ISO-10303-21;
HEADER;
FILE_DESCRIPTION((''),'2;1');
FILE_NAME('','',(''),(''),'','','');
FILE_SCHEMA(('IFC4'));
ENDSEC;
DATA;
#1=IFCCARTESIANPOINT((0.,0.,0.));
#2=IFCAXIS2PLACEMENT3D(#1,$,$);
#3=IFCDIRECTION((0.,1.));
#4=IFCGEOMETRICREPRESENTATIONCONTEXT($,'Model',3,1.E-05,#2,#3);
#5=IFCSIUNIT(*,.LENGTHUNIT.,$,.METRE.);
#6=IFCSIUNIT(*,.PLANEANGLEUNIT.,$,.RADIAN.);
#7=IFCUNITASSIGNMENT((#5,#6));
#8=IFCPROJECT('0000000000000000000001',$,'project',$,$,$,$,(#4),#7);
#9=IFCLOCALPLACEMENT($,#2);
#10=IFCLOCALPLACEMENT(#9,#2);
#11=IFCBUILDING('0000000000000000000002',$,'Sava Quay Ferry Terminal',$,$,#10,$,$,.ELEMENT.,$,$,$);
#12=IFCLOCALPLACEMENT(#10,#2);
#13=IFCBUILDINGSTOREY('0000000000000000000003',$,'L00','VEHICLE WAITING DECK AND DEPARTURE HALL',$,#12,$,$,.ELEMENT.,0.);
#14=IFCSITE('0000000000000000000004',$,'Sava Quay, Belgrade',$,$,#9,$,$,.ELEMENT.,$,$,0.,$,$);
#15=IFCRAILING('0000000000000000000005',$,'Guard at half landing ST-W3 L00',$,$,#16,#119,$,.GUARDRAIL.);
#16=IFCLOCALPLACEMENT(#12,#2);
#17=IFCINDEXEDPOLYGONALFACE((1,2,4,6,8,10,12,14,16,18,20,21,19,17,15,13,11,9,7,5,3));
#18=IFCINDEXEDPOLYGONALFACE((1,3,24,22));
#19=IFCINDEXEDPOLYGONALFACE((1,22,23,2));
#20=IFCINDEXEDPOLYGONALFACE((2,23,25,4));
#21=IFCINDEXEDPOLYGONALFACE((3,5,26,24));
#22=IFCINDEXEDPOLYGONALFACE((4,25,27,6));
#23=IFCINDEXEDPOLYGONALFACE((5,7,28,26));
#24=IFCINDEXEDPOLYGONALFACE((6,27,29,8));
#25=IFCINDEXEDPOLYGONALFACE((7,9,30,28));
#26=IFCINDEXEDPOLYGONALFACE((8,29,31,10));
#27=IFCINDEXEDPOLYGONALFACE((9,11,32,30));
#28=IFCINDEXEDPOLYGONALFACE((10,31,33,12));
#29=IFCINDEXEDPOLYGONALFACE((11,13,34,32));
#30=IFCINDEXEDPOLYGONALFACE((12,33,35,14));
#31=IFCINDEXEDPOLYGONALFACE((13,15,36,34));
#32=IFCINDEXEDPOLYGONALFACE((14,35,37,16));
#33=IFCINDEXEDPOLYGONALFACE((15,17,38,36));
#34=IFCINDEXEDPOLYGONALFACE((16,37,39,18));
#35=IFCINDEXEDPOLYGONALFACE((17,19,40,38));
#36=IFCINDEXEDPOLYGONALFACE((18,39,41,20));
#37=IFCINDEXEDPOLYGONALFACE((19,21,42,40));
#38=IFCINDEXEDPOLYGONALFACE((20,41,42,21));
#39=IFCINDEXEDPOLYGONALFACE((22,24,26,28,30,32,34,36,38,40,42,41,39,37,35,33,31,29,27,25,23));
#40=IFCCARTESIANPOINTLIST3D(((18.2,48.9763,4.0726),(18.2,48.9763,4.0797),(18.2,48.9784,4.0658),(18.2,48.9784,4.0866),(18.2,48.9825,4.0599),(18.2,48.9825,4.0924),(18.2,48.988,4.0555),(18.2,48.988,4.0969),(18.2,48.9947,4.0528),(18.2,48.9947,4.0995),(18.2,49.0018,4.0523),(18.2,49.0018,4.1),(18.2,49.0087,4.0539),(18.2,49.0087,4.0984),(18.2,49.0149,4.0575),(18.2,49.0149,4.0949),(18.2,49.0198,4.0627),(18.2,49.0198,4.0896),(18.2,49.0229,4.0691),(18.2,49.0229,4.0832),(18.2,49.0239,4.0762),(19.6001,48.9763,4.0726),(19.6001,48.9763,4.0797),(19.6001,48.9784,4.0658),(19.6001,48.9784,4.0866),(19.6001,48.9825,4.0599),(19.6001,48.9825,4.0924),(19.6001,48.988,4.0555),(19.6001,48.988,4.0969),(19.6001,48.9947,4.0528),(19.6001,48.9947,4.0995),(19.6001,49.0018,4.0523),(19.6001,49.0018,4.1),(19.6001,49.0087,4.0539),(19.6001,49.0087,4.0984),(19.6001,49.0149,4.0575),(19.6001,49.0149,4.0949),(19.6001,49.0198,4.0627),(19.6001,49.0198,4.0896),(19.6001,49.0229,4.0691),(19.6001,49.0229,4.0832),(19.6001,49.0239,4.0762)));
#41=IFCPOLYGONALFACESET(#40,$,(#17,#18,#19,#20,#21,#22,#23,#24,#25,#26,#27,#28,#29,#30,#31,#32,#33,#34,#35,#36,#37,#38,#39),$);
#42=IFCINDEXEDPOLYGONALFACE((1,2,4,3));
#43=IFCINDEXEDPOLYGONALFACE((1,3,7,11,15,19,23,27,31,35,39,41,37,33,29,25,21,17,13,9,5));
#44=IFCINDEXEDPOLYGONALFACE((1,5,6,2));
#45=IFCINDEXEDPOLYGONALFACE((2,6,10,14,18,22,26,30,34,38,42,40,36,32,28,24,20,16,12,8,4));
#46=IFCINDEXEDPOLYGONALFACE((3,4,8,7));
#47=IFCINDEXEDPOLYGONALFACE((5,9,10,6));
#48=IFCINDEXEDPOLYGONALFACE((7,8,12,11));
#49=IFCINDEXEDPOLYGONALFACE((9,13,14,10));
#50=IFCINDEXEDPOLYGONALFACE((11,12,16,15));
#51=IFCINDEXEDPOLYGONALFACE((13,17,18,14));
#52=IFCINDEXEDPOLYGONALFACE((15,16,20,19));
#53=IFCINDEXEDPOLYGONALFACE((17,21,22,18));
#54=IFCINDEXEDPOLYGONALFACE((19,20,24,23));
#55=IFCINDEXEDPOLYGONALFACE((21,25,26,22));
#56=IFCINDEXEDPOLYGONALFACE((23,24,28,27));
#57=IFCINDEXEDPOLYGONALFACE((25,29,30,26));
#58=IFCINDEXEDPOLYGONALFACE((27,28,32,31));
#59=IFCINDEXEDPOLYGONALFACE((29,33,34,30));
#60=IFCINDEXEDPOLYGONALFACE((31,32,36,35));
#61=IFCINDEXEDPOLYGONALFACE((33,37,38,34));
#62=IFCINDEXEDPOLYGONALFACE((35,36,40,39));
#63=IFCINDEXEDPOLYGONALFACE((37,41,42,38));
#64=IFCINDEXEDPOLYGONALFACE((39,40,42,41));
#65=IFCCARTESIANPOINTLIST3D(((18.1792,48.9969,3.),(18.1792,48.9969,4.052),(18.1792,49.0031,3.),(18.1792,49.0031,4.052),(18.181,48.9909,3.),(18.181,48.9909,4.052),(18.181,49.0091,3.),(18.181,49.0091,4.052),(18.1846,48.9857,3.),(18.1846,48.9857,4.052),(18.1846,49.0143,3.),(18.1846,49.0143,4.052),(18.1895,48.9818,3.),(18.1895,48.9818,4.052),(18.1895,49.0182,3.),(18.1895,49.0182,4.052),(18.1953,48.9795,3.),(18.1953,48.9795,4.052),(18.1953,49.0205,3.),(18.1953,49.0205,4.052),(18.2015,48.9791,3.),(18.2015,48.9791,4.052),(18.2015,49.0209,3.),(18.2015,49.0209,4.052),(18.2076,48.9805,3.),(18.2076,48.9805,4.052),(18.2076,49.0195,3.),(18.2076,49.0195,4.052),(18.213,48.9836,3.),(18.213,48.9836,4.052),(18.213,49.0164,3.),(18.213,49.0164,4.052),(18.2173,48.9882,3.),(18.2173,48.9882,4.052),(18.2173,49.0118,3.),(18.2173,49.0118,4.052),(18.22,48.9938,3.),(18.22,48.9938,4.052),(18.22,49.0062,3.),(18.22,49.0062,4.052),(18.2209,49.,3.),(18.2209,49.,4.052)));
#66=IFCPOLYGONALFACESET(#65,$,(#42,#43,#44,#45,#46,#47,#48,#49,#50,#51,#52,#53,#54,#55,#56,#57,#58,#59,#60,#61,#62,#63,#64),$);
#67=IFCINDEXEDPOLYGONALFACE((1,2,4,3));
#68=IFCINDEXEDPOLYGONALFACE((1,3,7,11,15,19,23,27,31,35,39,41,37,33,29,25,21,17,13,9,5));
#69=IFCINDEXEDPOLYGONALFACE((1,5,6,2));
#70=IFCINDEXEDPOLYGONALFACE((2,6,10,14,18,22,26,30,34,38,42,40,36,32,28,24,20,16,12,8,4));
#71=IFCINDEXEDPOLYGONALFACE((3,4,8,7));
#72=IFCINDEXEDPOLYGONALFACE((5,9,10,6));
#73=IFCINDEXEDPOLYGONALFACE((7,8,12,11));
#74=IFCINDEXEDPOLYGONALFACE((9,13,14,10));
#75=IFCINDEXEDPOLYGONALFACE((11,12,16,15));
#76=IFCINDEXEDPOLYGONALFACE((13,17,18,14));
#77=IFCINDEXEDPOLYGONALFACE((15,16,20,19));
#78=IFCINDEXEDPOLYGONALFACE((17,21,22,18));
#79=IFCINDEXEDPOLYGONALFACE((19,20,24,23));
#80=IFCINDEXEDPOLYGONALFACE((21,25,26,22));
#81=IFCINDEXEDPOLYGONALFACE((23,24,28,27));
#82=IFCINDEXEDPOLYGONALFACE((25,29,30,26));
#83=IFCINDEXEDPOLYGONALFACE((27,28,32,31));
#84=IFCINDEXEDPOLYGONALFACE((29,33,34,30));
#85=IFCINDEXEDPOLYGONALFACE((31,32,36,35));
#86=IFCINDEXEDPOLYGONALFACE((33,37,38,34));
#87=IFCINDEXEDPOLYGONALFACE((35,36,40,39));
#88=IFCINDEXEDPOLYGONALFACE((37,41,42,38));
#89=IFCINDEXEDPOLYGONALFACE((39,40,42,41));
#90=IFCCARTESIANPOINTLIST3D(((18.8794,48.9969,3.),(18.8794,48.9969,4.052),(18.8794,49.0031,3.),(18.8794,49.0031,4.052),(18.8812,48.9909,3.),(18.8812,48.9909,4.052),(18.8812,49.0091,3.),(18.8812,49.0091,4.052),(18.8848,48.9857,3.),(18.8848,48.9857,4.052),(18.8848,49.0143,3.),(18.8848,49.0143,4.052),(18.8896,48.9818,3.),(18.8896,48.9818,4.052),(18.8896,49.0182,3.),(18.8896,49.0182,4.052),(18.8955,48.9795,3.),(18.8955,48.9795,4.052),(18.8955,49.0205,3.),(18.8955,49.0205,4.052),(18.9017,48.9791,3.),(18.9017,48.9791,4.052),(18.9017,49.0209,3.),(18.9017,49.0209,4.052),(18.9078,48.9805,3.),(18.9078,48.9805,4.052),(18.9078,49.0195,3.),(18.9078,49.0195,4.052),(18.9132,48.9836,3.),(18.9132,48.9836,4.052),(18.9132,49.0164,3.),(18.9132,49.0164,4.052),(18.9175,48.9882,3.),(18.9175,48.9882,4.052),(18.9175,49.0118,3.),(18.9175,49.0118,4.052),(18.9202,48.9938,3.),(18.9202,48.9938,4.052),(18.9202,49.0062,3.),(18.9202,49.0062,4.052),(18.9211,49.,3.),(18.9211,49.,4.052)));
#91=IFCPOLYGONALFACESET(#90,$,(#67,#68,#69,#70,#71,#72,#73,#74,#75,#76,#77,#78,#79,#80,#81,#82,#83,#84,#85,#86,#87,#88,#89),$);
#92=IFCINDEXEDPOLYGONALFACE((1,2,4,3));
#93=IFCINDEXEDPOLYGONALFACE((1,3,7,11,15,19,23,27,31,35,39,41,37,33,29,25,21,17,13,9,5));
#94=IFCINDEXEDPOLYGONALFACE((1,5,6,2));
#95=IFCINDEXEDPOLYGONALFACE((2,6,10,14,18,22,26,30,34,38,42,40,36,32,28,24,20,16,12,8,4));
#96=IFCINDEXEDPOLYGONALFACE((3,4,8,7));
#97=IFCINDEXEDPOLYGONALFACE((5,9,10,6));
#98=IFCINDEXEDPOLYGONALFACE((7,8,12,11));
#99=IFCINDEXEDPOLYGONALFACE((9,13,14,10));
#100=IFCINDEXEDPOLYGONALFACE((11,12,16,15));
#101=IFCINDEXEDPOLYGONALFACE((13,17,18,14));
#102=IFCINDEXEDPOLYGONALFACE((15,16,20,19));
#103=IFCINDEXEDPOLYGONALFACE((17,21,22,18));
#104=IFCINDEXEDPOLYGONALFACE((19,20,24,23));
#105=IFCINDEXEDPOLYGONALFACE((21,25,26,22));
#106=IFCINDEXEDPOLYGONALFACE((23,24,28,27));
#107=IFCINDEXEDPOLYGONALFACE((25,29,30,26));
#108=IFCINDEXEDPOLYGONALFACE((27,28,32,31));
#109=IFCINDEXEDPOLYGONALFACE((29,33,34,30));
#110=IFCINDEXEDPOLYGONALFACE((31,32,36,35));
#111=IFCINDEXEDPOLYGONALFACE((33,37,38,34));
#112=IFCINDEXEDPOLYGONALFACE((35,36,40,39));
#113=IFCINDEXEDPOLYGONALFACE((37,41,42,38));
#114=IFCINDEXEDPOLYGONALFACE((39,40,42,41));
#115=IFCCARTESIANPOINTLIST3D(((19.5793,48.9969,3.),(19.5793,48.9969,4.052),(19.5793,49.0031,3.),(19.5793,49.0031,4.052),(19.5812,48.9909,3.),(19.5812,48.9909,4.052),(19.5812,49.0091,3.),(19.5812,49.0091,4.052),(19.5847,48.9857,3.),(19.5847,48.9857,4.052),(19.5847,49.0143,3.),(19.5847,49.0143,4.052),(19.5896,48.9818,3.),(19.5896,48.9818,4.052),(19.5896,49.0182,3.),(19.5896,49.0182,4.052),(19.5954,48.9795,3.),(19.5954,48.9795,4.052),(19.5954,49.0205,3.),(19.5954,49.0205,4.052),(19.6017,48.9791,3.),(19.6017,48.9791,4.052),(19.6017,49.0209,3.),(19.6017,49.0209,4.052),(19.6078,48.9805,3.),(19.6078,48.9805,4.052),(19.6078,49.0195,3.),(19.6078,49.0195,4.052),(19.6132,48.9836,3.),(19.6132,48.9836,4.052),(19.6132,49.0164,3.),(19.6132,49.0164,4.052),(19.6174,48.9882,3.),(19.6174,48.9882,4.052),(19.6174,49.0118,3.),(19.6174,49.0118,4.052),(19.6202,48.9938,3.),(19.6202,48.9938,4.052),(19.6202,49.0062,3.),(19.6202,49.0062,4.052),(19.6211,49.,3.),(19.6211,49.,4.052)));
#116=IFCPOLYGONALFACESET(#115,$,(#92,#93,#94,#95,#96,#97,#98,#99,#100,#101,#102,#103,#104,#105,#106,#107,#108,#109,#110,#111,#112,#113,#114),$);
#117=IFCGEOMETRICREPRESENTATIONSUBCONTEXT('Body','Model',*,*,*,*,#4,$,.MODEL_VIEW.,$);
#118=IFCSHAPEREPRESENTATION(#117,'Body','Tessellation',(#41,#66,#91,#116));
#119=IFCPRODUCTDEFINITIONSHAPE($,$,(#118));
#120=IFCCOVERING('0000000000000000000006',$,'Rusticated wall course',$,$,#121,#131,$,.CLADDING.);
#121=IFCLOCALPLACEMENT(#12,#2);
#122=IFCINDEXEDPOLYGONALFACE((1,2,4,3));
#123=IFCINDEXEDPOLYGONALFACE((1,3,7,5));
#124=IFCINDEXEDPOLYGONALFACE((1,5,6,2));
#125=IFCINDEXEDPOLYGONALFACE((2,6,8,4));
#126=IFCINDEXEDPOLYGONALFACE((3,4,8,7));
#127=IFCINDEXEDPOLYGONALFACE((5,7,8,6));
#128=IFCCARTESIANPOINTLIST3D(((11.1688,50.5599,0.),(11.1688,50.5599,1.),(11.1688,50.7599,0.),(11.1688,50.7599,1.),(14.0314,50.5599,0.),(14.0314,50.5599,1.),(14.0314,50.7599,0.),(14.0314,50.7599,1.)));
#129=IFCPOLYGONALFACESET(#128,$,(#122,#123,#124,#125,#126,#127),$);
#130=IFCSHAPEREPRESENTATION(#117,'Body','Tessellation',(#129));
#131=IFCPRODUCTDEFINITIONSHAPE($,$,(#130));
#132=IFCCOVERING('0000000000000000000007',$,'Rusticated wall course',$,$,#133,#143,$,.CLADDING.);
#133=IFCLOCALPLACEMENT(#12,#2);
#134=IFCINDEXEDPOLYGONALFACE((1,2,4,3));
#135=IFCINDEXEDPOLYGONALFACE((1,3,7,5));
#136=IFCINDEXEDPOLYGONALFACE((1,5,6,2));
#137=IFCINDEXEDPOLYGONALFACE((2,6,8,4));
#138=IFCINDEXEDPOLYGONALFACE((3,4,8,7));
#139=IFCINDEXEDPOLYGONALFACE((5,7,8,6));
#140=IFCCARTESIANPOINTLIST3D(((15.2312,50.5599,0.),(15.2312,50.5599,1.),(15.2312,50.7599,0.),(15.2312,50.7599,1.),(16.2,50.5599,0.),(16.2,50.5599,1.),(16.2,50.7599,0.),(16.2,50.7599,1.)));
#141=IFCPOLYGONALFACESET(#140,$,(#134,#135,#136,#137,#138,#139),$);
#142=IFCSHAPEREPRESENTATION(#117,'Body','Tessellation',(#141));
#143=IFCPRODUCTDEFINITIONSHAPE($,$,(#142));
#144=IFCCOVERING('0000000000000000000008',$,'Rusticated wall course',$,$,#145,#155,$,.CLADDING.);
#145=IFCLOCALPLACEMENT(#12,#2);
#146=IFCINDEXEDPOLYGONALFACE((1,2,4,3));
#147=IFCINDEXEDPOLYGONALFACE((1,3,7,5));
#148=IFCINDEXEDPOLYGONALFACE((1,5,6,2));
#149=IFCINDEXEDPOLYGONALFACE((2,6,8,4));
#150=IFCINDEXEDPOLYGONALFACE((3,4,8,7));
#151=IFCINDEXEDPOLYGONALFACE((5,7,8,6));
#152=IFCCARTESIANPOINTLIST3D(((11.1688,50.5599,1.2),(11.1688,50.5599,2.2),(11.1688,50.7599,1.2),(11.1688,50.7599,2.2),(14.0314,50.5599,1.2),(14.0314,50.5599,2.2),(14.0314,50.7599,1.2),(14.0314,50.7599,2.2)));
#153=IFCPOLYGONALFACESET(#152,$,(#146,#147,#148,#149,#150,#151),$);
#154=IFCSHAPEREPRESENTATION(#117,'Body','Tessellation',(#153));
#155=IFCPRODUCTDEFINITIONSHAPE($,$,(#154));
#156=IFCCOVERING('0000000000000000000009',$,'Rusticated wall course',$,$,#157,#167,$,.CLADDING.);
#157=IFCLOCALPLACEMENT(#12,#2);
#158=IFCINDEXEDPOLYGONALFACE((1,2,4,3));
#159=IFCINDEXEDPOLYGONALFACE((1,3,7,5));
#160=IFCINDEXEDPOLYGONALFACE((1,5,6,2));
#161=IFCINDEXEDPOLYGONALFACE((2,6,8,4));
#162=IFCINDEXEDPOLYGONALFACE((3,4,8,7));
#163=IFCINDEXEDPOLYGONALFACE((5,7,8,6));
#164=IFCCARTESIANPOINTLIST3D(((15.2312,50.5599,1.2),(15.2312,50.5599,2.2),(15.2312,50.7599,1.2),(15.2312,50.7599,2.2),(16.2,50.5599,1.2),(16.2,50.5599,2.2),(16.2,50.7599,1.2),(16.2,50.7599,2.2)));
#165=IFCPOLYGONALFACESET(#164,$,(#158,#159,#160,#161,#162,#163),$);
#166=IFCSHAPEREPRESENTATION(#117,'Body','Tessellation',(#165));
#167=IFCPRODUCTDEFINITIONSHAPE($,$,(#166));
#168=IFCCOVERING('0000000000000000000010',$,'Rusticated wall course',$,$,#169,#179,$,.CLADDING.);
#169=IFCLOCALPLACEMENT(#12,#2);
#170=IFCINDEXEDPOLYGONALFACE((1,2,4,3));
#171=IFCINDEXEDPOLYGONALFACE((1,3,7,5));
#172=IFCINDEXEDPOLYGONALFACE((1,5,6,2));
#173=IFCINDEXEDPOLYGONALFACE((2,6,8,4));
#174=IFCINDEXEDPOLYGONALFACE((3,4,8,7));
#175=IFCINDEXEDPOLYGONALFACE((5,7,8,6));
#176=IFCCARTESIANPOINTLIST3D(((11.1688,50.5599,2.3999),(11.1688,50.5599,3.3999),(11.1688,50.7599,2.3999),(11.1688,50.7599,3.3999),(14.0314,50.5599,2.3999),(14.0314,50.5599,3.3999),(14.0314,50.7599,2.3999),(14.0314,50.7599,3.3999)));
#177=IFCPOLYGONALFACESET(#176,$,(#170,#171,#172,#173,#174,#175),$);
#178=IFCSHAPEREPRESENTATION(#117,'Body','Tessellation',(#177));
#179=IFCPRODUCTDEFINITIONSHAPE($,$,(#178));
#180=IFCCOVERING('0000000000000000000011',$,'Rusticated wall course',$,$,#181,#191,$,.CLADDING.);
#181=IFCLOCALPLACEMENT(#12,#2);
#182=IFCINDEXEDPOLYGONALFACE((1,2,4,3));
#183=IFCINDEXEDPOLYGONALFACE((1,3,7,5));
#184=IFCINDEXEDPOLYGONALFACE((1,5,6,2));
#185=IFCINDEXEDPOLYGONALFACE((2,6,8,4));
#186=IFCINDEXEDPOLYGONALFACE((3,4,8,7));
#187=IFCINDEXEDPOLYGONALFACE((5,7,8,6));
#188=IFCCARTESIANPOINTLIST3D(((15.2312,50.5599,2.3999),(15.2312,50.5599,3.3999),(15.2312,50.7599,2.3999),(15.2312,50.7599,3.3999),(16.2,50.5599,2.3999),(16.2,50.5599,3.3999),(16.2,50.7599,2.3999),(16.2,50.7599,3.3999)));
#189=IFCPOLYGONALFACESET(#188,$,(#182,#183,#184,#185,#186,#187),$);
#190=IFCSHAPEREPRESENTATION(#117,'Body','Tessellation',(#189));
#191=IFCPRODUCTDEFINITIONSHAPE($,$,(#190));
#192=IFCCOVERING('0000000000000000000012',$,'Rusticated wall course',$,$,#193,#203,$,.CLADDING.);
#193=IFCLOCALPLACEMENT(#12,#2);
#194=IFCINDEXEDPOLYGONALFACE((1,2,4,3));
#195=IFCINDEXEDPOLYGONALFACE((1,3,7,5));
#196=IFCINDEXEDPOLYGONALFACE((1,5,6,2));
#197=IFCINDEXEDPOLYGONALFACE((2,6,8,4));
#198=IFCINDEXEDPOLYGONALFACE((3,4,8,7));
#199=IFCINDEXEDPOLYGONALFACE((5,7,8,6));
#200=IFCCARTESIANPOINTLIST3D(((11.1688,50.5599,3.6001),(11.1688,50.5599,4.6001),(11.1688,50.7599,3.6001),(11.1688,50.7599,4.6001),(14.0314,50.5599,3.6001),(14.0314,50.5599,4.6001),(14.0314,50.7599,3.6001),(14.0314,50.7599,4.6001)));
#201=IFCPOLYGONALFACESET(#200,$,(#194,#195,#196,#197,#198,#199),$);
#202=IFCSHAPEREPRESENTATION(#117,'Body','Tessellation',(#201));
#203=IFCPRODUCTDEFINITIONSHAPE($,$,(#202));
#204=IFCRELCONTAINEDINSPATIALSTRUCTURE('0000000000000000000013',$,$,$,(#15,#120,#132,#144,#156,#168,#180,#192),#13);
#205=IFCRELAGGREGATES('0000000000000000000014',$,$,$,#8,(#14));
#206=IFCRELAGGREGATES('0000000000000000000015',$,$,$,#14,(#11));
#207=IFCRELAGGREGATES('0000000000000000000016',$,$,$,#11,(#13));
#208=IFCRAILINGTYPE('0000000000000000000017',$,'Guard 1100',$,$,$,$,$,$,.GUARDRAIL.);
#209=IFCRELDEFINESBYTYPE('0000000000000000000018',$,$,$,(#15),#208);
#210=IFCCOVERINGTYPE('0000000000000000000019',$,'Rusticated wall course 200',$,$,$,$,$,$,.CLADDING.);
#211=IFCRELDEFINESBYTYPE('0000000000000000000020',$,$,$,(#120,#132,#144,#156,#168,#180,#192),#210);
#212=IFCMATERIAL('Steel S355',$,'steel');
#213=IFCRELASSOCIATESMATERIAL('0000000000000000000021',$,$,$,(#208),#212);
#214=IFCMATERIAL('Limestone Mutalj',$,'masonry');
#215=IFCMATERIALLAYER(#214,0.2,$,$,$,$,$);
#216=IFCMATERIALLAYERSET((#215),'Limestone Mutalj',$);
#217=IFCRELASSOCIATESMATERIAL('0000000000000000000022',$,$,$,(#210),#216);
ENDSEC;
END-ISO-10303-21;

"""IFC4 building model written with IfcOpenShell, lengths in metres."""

from ifc_helpers import new_model, si_unit, direction, frame, origin, origin_2d, place, context, subcontext, project, spatial, rectangle, circle, extrude, material, layer, layer_set, type_object, element, save


model = new_model("IFC4")

# Units and contexts
model_context = context("Model", 3, precision=1e-05, world=origin(), true_north=direction((0.0, 1.0)))
body_context = subcontext(model_context, "Body", "Model", "MODEL_VIEW")
ifc_project = project(units=[si_unit("LENGTHUNIT", "METRE"), si_unit("PLANEANGLEUNIT", "RADIAN")], contexts=[model_context])

# Site, building, storey
site_placement = place(None, origin())
site = spatial("IfcSite", under=ifc_project, at=site_placement, Name="Sava Quay, Belgrade", CompositionType="ELEMENT", RefElevation=0.0)
building_placement = place(site_placement, origin())
building = spatial("IfcBuilding", under=site, at=building_placement, Name="Sava Quay Ferry Terminal", CompositionType="ELEMENT")
storey_placement = place(building_placement, origin())
storey = spatial("IfcBuildingStorey", under=building, at=storey_placement, Name="L00", Description="VEHICLE WAITING DECK AND DEPARTURE HALL", CompositionType="ELEMENT", Elevation=0.0)

# Railing
ifc_material_1 = material(Name="Steel S355", Category="steel")
railing_type_1 = type_object("IfcRailingType", Name="Guard 1100", PredefinedType="GUARDRAIL", material=ifc_material_1)
railing_1_placement = place(storey_placement, frame((18.2, 49.0, 3.0)))
element("IfcRailing", 1, at=railing_1_placement, inside=storey, type_object=railing_type_1, Name="Guard at half landing ST-W3 L00", PredefinedType="GUARDRAIL", context=body_context, shape_type="SweptSolid", body=[
    extrude(circle(Radius=0.0239, at=origin_2d()), frame((0.0, 0.0, 1.0762), z_axis=(1.0, 0.0, 0.0), x_axis=(0.0, 1.0, 0.0)), (0.0, 0.0, 1.0), 1.4001),
    extrude(circle(Radius=0.021, at=origin_2d()), origin(), (0.0, 0.0, 1.0), 1.052),
    extrude(circle(Radius=0.021, at=origin_2d()), frame((0.7002, 0.0, 0.0)), (0.0, 0.0, 1.0), 1.052),
    extrude(circle(Radius=0.021, at=origin_2d()), frame((1.4001, 0.0, 0.0)), (0.0, 0.0, 1.0), 1.052),
])

# Coverings
ifc_material_2 = material(Name="Limestone Mutalj", Category="masonry")
ifc_layer_1 = layer(ifc_material_2, 0.2)
ifc_layer_set_1 = layer_set([ifc_layer_1], Name="Limestone Mutalj")
covering_type_1 = type_object("IfcCoveringType", Name="Rusticated wall course 200", PredefinedType="CLADDING", material=ifc_layer_set_1)
covering_1_placement = place(storey_placement, frame((12.6001, 50.6599, 0.0), z_axis=(0.0, 0.0, 1.0), x_axis=(1.0, 0.0, 0.0)))
element("IfcCovering", 2, at=covering_1_placement, inside=storey, type_object=covering_type_1, Name="Rusticated wall course", PredefinedType="CLADDING", context=body_context, shape_type="SweptSolid", body=[
    extrude(rectangle(XDim=2.8625, YDim=0.2, at=origin_2d()), origin(), (0.0, 0.0, 1.0), 1.0),
])
covering_2_placement = place(storey_placement, frame((15.7156, 50.6599, 0.0), z_axis=(0.0, 0.0, 1.0), x_axis=(1.0, 0.0, 0.0)))
element("IfcCovering", 3, at=covering_2_placement, inside=storey, type_object=covering_type_1, Name="Rusticated wall course", PredefinedType="CLADDING", context=body_context, shape_type="SweptSolid", body=[
    extrude(rectangle(XDim=0.9688, YDim=0.2, at=origin_2d()), origin(), (0.0, 0.0, 1.0), 1.0),
])
covering_3_placement = place(storey_placement, frame((12.6001, 50.6599, 1.2), z_axis=(0.0, 0.0, 1.0), x_axis=(1.0, 0.0, 0.0)))
element("IfcCovering", 4, at=covering_3_placement, inside=storey, type_object=covering_type_1, Name="Rusticated wall course", PredefinedType="CLADDING", context=body_context, shape_type="SweptSolid", body=[
    extrude(rectangle(XDim=2.8625, YDim=0.2, at=origin_2d()), origin(), (0.0, 0.0, 1.0), 1.0),
])
covering_4_placement = place(storey_placement, frame((15.7156, 50.6599, 1.2), z_axis=(0.0, 0.0, 1.0), x_axis=(1.0, 0.0, 0.0)))
element("IfcCovering", 5, at=covering_4_placement, inside=storey, type_object=covering_type_1, Name="Rusticated wall course", PredefinedType="CLADDING", context=body_context, shape_type="SweptSolid", body=[
    extrude(rectangle(XDim=0.9688, YDim=0.2, at=origin_2d()), origin(), (0.0, 0.0, 1.0), 1.0),
])
covering_5_placement = place(storey_placement, frame((12.6001, 50.6599, 2.3999), z_axis=(0.0, 0.0, 1.0), x_axis=(1.0, 0.0, 0.0)))
element("IfcCovering", 6, at=covering_5_placement, inside=storey, type_object=covering_type_1, Name="Rusticated wall course", PredefinedType="CLADDING", context=body_context, shape_type="SweptSolid", body=[
    extrude(rectangle(XDim=2.8625, YDim=0.2, at=origin_2d()), origin(), (0.0, 0.0, 1.0), 1.0),
])
covering_6_placement = place(storey_placement, frame((15.7156, 50.6599, 2.3999), z_axis=(0.0, 0.0, 1.0), x_axis=(1.0, 0.0, 0.0)))
element("IfcCovering", 7, at=covering_6_placement, inside=storey, type_object=covering_type_1, Name="Rusticated wall course", PredefinedType="CLADDING", context=body_context, shape_type="SweptSolid", body=[
    extrude(rectangle(XDim=0.9688, YDim=0.2, at=origin_2d()), origin(), (0.0, 0.0, 1.0), 1.0),
])
covering_7_placement = place(storey_placement, frame((12.6001, 50.6599, 3.6001), z_axis=(0.0, 0.0, 1.0), x_axis=(1.0, 0.0, 0.0)))
element("IfcCovering", 8, at=covering_7_placement, inside=storey, type_object=covering_type_1, Name="Rusticated wall course", PredefinedType="CLADDING", context=body_context, shape_type="SweptSolid", body=[
    extrude(rectangle(XDim=2.8625, YDim=0.2, at=origin_2d()), origin(), (0.0, 0.0, 1.0), 1.0),
])

save(model, "model.ifc")
